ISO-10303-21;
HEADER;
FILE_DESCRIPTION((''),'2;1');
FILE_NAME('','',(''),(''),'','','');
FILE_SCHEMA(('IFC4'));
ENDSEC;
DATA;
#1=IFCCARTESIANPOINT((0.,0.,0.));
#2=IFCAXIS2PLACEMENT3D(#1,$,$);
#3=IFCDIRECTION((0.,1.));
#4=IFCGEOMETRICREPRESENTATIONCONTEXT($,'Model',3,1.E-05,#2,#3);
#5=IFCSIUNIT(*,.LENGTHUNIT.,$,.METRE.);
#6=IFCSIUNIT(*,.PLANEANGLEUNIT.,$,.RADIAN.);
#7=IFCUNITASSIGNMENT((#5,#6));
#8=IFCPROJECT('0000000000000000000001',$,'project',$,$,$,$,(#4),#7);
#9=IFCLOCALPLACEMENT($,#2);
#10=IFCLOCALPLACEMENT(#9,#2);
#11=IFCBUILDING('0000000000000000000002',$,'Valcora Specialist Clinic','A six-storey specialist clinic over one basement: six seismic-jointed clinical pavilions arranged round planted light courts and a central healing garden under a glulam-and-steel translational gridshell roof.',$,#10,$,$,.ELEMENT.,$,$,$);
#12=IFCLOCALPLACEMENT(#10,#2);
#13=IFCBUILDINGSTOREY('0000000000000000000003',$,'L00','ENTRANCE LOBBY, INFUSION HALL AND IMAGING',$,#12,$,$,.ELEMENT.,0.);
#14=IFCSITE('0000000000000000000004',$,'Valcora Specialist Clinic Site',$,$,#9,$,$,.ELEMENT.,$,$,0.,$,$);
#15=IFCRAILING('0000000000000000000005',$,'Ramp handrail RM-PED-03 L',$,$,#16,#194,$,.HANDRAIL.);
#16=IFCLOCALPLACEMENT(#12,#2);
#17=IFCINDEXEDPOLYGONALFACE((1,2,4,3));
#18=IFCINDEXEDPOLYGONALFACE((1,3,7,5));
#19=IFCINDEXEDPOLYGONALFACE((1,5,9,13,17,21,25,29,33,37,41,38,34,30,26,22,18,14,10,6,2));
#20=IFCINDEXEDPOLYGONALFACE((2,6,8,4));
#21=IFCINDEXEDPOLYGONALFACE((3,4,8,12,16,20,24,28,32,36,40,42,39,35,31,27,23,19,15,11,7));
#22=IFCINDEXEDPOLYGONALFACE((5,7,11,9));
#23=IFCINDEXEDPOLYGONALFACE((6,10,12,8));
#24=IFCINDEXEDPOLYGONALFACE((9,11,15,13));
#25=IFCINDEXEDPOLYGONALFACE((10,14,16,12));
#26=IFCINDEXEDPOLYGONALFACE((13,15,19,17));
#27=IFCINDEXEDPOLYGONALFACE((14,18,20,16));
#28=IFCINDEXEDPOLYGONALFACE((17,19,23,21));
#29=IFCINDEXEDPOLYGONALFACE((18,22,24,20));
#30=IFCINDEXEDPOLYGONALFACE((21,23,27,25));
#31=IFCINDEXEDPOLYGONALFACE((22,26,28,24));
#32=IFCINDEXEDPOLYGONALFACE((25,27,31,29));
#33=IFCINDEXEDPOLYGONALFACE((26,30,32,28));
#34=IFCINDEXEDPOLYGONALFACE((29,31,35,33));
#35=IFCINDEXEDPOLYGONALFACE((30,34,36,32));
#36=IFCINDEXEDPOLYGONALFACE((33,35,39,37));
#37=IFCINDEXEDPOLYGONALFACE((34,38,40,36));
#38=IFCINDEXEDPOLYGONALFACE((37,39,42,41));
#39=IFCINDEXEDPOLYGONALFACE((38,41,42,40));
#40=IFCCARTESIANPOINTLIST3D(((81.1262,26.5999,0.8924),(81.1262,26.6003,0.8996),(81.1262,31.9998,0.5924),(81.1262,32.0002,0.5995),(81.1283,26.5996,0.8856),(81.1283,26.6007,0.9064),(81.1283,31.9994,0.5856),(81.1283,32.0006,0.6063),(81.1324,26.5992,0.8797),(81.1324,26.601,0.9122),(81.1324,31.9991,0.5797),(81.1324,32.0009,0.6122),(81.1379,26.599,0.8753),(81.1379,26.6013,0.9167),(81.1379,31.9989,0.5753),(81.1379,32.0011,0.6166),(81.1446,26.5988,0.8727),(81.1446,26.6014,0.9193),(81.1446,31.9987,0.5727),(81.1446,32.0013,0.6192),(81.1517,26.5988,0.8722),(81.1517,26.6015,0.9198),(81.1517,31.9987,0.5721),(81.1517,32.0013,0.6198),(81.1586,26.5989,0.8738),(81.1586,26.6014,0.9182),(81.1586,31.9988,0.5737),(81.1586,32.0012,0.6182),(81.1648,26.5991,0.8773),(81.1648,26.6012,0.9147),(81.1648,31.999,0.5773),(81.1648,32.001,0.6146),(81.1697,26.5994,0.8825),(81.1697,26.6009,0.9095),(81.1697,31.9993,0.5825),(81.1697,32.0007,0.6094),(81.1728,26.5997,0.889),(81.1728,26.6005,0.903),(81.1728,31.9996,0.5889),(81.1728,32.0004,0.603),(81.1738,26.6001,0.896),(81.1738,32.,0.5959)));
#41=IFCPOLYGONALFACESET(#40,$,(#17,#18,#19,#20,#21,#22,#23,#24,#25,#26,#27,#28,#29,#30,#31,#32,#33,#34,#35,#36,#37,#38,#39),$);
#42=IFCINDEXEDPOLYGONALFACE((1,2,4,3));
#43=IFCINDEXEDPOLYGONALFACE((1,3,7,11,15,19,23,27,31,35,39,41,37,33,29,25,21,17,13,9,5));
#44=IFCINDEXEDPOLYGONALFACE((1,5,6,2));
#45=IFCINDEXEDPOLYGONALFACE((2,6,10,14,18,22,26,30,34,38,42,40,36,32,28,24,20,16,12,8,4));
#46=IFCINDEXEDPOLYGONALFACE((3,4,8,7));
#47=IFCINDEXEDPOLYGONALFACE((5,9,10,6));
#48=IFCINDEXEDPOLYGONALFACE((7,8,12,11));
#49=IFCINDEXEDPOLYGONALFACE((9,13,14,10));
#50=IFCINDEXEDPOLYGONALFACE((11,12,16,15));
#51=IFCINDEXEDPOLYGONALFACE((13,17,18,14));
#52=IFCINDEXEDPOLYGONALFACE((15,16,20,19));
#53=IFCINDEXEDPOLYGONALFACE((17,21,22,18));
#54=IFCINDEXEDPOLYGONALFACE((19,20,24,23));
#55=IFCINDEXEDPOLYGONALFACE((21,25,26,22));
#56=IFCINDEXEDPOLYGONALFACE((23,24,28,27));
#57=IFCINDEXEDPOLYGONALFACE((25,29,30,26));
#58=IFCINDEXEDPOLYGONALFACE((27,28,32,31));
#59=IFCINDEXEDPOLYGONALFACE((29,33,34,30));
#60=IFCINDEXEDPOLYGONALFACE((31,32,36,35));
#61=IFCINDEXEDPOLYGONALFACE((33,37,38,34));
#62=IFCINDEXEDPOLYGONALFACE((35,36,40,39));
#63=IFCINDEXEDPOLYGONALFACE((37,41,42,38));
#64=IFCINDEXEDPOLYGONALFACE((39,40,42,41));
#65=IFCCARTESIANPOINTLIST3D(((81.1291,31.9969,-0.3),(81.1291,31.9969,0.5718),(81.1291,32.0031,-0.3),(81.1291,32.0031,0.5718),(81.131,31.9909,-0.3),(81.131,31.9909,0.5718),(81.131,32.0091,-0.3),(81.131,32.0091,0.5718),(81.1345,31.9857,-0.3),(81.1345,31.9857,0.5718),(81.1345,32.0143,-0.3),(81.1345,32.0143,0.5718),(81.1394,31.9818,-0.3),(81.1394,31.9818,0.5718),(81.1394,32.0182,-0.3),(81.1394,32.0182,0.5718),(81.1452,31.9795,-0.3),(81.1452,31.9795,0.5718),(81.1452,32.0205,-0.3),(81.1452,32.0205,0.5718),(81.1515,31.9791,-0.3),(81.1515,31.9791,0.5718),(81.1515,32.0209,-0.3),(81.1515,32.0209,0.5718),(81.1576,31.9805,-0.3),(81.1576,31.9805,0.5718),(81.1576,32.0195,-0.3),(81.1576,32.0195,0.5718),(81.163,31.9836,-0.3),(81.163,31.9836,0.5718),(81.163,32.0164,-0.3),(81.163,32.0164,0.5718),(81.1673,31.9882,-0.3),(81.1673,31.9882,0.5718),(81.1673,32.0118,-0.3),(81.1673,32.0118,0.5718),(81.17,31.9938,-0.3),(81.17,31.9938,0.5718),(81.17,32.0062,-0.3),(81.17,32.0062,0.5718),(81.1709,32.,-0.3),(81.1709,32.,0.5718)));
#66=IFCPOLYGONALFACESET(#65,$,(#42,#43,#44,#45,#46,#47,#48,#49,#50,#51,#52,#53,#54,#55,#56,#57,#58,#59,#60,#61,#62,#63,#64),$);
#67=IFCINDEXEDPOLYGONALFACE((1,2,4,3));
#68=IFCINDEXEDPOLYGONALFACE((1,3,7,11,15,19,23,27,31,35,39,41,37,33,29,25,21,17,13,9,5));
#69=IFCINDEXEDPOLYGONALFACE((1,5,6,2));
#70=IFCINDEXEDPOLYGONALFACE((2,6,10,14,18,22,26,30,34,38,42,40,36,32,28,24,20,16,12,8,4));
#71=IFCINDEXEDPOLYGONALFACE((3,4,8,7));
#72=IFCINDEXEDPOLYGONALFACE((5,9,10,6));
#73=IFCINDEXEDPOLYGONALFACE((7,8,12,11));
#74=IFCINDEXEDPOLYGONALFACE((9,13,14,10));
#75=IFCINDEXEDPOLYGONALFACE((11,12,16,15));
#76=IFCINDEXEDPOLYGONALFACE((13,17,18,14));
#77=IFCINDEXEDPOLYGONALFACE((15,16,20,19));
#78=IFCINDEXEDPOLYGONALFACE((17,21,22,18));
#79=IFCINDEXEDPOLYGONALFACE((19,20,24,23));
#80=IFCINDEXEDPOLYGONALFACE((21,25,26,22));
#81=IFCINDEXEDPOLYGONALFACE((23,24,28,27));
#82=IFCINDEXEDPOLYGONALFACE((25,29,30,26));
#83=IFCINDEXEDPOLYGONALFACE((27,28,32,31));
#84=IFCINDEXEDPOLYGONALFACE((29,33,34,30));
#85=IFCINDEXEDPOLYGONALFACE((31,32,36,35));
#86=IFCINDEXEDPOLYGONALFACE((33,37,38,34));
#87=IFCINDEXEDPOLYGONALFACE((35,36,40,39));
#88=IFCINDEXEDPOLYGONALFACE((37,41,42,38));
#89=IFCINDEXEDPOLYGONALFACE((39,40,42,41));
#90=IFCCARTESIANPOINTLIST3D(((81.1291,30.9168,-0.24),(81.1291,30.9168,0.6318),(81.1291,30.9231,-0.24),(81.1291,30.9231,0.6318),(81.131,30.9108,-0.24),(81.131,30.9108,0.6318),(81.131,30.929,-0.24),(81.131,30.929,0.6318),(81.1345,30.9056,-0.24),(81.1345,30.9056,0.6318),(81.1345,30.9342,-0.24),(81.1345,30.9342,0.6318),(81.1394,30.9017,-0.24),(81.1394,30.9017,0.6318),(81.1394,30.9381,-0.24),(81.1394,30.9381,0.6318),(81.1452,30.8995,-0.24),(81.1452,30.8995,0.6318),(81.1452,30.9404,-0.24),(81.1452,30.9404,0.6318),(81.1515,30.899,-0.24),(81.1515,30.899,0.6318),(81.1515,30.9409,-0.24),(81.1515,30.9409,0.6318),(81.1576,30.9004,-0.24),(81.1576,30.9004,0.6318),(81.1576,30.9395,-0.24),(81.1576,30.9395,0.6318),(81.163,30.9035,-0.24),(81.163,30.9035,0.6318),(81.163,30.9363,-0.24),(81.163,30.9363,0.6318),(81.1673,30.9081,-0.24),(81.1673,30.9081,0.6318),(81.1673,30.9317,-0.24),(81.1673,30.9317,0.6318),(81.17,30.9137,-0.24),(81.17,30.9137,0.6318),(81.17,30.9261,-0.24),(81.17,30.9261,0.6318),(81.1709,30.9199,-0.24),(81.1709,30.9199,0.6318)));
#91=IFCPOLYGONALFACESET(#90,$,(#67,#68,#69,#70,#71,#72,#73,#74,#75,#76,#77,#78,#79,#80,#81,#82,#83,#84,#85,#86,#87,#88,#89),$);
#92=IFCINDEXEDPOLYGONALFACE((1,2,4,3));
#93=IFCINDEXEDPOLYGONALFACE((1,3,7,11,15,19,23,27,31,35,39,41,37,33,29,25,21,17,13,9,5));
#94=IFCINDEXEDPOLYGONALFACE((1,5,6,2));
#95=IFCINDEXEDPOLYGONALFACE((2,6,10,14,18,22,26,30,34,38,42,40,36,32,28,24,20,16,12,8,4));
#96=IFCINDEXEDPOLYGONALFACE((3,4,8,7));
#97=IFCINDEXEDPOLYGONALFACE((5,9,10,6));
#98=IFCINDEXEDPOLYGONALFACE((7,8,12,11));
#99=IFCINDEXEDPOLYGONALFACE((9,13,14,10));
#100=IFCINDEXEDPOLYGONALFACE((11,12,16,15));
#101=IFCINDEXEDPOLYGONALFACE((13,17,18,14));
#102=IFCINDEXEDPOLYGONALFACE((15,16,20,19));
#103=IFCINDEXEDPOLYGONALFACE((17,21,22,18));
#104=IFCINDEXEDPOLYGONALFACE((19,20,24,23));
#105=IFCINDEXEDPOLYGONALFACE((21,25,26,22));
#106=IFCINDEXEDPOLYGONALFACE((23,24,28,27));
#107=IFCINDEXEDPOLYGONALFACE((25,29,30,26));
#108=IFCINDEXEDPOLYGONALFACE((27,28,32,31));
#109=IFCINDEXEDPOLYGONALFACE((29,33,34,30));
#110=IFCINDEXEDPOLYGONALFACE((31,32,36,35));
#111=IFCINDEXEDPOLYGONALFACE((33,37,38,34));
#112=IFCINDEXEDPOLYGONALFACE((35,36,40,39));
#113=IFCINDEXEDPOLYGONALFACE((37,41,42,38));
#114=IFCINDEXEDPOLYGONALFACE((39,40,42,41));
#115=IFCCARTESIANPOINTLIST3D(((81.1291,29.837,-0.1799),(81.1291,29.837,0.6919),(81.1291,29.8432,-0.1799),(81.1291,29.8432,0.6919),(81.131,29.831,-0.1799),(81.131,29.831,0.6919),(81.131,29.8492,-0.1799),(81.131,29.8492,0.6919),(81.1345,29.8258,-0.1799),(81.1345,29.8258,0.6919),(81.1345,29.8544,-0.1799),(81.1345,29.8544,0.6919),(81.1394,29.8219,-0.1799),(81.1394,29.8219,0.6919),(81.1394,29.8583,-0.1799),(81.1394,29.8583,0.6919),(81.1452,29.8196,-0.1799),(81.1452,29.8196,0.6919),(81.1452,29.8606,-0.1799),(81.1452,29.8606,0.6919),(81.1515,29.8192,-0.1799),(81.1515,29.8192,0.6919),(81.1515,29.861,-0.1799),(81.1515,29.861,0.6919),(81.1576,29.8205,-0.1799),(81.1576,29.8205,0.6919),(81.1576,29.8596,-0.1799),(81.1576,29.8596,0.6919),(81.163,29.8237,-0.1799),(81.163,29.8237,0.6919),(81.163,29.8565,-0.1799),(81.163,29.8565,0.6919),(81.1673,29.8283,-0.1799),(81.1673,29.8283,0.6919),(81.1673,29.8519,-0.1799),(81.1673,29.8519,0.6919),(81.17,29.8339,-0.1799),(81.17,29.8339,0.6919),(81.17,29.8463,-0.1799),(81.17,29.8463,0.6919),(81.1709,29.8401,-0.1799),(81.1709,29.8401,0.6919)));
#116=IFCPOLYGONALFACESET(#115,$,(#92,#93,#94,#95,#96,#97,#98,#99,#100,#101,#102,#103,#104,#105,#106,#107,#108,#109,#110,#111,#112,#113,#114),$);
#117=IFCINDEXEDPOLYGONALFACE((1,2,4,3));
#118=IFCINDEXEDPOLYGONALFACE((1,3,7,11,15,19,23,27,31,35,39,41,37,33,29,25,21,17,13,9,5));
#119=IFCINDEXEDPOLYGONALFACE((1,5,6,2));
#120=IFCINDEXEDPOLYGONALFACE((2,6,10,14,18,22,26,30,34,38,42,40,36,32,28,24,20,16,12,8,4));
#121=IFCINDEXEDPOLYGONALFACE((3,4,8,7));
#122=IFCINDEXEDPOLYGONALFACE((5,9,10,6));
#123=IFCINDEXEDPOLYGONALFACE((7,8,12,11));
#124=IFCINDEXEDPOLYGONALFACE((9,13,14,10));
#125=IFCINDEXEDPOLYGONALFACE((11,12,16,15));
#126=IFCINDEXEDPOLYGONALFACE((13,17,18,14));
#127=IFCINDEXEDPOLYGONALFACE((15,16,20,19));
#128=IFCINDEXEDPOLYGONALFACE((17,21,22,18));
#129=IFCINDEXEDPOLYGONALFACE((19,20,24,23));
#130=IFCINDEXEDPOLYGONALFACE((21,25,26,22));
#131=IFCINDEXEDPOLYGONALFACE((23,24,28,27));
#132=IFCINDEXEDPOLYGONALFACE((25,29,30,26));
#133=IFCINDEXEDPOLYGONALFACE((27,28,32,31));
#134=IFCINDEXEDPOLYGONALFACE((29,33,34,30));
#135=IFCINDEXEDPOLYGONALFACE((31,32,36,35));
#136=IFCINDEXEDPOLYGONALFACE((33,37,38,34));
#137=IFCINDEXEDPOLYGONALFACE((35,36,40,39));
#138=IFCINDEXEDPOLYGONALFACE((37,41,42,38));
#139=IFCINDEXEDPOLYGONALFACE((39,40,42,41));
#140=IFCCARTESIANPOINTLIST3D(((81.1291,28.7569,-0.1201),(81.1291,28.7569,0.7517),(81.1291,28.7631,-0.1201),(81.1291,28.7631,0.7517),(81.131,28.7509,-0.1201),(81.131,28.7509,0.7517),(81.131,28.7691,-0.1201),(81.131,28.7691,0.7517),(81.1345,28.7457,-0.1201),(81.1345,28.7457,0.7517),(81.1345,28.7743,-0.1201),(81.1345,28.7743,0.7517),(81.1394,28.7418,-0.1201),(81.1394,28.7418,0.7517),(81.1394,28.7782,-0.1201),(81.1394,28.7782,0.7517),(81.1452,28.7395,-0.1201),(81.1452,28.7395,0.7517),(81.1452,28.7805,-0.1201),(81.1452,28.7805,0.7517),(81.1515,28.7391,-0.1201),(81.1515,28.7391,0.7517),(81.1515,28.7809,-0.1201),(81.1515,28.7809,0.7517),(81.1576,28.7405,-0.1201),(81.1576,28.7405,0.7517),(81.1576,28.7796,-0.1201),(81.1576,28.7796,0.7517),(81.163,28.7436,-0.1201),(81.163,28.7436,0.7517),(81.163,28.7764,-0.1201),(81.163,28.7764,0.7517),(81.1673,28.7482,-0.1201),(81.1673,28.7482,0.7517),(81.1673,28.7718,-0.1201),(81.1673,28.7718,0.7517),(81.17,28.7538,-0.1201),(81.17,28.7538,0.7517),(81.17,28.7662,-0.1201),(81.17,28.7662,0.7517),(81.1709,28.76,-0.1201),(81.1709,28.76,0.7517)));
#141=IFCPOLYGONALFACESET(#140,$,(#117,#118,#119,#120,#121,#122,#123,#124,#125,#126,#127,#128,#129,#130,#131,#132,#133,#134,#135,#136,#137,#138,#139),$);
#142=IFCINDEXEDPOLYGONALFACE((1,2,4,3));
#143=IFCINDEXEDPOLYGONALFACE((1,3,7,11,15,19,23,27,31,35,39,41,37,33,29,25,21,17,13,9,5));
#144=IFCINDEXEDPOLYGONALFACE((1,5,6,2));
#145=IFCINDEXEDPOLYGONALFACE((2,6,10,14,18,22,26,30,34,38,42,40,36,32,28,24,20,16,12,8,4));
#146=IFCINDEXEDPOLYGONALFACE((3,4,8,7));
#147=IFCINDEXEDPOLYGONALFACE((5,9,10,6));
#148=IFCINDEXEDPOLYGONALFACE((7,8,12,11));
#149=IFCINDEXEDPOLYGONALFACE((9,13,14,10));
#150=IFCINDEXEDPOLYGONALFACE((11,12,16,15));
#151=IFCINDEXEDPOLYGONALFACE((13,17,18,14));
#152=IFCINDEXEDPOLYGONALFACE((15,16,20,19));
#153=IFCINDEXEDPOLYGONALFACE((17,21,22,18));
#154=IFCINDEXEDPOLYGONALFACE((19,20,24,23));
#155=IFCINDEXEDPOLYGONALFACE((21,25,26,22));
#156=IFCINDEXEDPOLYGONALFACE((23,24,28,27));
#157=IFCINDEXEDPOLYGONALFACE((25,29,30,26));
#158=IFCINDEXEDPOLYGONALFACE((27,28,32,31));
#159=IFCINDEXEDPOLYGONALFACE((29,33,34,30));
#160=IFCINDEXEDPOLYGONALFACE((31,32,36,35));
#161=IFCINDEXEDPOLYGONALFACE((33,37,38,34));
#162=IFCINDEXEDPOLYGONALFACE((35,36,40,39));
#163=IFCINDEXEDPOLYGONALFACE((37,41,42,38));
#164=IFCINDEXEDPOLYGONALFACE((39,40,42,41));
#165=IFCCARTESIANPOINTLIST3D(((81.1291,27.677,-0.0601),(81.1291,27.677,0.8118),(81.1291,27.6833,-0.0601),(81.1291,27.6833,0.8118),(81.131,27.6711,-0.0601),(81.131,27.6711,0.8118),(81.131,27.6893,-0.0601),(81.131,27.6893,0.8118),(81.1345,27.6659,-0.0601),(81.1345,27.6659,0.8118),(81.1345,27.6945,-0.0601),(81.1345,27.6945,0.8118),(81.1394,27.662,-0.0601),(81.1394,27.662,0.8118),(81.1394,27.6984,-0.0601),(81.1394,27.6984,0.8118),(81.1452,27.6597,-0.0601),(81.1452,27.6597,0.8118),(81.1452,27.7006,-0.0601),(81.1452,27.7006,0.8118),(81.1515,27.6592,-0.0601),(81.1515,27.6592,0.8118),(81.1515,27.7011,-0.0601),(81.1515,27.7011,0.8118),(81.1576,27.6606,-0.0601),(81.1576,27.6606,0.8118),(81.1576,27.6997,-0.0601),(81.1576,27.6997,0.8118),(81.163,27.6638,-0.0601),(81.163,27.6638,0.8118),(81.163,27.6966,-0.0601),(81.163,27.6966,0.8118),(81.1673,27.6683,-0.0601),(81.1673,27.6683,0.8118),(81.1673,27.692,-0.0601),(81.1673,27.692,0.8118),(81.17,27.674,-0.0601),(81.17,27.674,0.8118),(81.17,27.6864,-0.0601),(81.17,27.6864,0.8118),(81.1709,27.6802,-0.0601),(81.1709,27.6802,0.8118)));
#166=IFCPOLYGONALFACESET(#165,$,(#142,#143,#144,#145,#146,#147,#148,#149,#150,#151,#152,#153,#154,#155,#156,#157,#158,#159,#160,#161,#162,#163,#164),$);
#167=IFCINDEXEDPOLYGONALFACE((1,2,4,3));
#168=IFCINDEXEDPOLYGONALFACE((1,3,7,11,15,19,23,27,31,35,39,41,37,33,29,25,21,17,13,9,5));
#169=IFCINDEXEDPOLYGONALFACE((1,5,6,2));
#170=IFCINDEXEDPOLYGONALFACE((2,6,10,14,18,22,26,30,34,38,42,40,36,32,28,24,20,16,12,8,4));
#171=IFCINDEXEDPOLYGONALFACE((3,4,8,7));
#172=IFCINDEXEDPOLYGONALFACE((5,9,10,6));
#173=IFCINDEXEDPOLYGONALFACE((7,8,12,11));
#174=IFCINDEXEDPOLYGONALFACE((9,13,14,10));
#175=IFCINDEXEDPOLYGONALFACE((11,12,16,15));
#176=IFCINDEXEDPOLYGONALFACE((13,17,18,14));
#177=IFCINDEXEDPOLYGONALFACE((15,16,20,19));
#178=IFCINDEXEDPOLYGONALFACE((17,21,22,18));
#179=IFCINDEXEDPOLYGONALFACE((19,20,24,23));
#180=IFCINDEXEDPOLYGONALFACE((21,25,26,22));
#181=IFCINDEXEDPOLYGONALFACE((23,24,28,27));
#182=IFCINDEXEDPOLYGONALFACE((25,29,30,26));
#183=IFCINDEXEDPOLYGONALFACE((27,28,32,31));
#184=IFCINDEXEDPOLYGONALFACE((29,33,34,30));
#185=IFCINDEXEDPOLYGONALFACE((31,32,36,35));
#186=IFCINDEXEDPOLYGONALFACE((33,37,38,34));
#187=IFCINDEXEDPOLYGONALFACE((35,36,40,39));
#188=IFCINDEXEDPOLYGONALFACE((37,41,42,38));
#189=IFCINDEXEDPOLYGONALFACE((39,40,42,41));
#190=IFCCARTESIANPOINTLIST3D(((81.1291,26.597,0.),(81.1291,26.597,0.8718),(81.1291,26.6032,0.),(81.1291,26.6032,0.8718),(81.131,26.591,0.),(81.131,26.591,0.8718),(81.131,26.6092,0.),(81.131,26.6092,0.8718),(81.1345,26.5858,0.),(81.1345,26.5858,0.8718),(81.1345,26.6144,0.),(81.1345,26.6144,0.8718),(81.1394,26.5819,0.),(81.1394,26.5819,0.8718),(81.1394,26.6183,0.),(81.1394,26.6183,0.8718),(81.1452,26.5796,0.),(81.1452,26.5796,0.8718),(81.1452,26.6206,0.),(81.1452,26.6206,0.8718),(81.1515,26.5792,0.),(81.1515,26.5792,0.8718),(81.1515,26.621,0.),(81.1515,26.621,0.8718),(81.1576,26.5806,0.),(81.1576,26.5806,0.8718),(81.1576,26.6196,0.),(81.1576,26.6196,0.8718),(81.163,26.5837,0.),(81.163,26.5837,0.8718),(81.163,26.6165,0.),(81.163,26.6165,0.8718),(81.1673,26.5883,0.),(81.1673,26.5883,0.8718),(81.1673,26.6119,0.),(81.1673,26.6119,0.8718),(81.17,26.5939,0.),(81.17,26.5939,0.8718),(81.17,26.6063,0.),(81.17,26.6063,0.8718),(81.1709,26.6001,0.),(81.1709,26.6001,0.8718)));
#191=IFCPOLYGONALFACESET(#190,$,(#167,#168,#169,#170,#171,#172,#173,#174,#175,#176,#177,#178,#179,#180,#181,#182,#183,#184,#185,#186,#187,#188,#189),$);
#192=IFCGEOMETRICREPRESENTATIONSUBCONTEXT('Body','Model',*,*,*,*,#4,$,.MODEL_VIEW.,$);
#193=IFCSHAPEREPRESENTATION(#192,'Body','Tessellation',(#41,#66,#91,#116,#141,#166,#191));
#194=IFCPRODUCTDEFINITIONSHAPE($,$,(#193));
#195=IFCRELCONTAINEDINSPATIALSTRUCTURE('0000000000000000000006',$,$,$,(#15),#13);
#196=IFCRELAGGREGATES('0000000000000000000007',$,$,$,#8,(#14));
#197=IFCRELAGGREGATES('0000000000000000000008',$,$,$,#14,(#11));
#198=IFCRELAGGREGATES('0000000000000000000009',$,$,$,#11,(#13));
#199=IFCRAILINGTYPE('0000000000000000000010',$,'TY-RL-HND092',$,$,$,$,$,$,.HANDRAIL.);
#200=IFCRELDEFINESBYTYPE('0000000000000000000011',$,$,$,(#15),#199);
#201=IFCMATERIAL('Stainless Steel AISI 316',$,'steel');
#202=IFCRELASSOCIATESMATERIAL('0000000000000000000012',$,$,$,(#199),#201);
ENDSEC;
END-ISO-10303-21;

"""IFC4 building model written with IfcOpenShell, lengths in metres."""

from ifc_helpers import new_model, si_unit, direction, frame, origin, origin_2d, place, context, subcontext, project, spatial, circle, extrude, material, type_object, element, save


model = new_model("IFC4")

# Units and contexts
model_context = context("Model", 3, precision=1e-05, world=origin(), true_north=direction((0.0, 1.0)))
body_context = subcontext(model_context, "Body", "Model", "MODEL_VIEW")
ifc_project = project(units=[si_unit("LENGTHUNIT", "METRE"), si_unit("PLANEANGLEUNIT", "RADIAN")], contexts=[model_context])

# Site, building, storey
site_placement = place(None, origin())
site = spatial("IfcSite", under=ifc_project, at=site_placement, Name="Valcora Specialist Clinic Site", CompositionType="ELEMENT", RefElevation=0.0)
building_placement = place(site_placement, origin())
building = spatial("IfcBuilding", under=site, at=building_placement, Name="Valcora Specialist Clinic", Description="A six-storey specialist clinic over one basement: six seismic-jointed clinical pavilions arranged round planted light courts and a central healing garden under a glulam-and-steel translational gridshell roof.", CompositionType="ELEMENT")
storey_placement = place(building_placement, origin())
storey = spatial("IfcBuildingStorey", under=building, at=storey_placement, Name="L00", Description="ENTRANCE LOBBY, INFUSION HALL AND IMAGING", CompositionType="ELEMENT", Elevation=0.0)

# Railing
ifc_material_1 = material(Name="Stainless Steel AISI 316", Category="steel")
railing_type = type_object("IfcRailingType", Name="TY-RL-HND092", PredefinedType="HANDRAIL", material=ifc_material_1)
for number, where, name in (
    (1, (81.1499, 32.0, -0.3), "Ramp handrail RM-PED-03 L"),
):
    element("IfcRailing", number, at=place(storey_placement, frame(where)), inside=storey, type_object=railing_type, Name=name, PredefinedType="HANDRAIL", context=body_context, shape_type="SweptSolid", body=[
        extrude(circle(Radius=0.0239, at=origin_2d()), frame((0.0, 0.0, 0.896), z_axis=(0.0, -0.99846, 0.05548), x_axis=(1.0, 0.0, 0.0)), (0.0, 0.0, 1.0), 5.4082),
        extrude(circle(Radius=0.021, at=origin_2d()), origin(), (0.0, 0.0, 1.0), 0.8718),
        extrude(circle(Radius=0.021, at=origin_2d()), frame((0.0, -1.0801, 0.0601)), (0.0, 0.0, 1.0), 0.8718),
        extrude(circle(Radius=0.021, at=origin_2d()), frame((0.0, -2.1599, 0.1201)), (0.0, 0.0, 1.0), 0.8718),
        extrude(circle(Radius=0.021, at=origin_2d()), frame((0.0, -3.24, 0.1799)), (0.0, 0.0, 1.0), 0.8718),
        extrude(circle(Radius=0.021, at=origin_2d()), frame((0.0, -4.3198, 0.24)), (0.0, 0.0, 1.0), 0.8718),
        extrude(circle(Radius=0.021, at=origin_2d()), frame((0.0, -5.3999, 0.3)), (0.0, 0.0, 1.0), 0.8718),
    ])

save(model, "model.ifc")
